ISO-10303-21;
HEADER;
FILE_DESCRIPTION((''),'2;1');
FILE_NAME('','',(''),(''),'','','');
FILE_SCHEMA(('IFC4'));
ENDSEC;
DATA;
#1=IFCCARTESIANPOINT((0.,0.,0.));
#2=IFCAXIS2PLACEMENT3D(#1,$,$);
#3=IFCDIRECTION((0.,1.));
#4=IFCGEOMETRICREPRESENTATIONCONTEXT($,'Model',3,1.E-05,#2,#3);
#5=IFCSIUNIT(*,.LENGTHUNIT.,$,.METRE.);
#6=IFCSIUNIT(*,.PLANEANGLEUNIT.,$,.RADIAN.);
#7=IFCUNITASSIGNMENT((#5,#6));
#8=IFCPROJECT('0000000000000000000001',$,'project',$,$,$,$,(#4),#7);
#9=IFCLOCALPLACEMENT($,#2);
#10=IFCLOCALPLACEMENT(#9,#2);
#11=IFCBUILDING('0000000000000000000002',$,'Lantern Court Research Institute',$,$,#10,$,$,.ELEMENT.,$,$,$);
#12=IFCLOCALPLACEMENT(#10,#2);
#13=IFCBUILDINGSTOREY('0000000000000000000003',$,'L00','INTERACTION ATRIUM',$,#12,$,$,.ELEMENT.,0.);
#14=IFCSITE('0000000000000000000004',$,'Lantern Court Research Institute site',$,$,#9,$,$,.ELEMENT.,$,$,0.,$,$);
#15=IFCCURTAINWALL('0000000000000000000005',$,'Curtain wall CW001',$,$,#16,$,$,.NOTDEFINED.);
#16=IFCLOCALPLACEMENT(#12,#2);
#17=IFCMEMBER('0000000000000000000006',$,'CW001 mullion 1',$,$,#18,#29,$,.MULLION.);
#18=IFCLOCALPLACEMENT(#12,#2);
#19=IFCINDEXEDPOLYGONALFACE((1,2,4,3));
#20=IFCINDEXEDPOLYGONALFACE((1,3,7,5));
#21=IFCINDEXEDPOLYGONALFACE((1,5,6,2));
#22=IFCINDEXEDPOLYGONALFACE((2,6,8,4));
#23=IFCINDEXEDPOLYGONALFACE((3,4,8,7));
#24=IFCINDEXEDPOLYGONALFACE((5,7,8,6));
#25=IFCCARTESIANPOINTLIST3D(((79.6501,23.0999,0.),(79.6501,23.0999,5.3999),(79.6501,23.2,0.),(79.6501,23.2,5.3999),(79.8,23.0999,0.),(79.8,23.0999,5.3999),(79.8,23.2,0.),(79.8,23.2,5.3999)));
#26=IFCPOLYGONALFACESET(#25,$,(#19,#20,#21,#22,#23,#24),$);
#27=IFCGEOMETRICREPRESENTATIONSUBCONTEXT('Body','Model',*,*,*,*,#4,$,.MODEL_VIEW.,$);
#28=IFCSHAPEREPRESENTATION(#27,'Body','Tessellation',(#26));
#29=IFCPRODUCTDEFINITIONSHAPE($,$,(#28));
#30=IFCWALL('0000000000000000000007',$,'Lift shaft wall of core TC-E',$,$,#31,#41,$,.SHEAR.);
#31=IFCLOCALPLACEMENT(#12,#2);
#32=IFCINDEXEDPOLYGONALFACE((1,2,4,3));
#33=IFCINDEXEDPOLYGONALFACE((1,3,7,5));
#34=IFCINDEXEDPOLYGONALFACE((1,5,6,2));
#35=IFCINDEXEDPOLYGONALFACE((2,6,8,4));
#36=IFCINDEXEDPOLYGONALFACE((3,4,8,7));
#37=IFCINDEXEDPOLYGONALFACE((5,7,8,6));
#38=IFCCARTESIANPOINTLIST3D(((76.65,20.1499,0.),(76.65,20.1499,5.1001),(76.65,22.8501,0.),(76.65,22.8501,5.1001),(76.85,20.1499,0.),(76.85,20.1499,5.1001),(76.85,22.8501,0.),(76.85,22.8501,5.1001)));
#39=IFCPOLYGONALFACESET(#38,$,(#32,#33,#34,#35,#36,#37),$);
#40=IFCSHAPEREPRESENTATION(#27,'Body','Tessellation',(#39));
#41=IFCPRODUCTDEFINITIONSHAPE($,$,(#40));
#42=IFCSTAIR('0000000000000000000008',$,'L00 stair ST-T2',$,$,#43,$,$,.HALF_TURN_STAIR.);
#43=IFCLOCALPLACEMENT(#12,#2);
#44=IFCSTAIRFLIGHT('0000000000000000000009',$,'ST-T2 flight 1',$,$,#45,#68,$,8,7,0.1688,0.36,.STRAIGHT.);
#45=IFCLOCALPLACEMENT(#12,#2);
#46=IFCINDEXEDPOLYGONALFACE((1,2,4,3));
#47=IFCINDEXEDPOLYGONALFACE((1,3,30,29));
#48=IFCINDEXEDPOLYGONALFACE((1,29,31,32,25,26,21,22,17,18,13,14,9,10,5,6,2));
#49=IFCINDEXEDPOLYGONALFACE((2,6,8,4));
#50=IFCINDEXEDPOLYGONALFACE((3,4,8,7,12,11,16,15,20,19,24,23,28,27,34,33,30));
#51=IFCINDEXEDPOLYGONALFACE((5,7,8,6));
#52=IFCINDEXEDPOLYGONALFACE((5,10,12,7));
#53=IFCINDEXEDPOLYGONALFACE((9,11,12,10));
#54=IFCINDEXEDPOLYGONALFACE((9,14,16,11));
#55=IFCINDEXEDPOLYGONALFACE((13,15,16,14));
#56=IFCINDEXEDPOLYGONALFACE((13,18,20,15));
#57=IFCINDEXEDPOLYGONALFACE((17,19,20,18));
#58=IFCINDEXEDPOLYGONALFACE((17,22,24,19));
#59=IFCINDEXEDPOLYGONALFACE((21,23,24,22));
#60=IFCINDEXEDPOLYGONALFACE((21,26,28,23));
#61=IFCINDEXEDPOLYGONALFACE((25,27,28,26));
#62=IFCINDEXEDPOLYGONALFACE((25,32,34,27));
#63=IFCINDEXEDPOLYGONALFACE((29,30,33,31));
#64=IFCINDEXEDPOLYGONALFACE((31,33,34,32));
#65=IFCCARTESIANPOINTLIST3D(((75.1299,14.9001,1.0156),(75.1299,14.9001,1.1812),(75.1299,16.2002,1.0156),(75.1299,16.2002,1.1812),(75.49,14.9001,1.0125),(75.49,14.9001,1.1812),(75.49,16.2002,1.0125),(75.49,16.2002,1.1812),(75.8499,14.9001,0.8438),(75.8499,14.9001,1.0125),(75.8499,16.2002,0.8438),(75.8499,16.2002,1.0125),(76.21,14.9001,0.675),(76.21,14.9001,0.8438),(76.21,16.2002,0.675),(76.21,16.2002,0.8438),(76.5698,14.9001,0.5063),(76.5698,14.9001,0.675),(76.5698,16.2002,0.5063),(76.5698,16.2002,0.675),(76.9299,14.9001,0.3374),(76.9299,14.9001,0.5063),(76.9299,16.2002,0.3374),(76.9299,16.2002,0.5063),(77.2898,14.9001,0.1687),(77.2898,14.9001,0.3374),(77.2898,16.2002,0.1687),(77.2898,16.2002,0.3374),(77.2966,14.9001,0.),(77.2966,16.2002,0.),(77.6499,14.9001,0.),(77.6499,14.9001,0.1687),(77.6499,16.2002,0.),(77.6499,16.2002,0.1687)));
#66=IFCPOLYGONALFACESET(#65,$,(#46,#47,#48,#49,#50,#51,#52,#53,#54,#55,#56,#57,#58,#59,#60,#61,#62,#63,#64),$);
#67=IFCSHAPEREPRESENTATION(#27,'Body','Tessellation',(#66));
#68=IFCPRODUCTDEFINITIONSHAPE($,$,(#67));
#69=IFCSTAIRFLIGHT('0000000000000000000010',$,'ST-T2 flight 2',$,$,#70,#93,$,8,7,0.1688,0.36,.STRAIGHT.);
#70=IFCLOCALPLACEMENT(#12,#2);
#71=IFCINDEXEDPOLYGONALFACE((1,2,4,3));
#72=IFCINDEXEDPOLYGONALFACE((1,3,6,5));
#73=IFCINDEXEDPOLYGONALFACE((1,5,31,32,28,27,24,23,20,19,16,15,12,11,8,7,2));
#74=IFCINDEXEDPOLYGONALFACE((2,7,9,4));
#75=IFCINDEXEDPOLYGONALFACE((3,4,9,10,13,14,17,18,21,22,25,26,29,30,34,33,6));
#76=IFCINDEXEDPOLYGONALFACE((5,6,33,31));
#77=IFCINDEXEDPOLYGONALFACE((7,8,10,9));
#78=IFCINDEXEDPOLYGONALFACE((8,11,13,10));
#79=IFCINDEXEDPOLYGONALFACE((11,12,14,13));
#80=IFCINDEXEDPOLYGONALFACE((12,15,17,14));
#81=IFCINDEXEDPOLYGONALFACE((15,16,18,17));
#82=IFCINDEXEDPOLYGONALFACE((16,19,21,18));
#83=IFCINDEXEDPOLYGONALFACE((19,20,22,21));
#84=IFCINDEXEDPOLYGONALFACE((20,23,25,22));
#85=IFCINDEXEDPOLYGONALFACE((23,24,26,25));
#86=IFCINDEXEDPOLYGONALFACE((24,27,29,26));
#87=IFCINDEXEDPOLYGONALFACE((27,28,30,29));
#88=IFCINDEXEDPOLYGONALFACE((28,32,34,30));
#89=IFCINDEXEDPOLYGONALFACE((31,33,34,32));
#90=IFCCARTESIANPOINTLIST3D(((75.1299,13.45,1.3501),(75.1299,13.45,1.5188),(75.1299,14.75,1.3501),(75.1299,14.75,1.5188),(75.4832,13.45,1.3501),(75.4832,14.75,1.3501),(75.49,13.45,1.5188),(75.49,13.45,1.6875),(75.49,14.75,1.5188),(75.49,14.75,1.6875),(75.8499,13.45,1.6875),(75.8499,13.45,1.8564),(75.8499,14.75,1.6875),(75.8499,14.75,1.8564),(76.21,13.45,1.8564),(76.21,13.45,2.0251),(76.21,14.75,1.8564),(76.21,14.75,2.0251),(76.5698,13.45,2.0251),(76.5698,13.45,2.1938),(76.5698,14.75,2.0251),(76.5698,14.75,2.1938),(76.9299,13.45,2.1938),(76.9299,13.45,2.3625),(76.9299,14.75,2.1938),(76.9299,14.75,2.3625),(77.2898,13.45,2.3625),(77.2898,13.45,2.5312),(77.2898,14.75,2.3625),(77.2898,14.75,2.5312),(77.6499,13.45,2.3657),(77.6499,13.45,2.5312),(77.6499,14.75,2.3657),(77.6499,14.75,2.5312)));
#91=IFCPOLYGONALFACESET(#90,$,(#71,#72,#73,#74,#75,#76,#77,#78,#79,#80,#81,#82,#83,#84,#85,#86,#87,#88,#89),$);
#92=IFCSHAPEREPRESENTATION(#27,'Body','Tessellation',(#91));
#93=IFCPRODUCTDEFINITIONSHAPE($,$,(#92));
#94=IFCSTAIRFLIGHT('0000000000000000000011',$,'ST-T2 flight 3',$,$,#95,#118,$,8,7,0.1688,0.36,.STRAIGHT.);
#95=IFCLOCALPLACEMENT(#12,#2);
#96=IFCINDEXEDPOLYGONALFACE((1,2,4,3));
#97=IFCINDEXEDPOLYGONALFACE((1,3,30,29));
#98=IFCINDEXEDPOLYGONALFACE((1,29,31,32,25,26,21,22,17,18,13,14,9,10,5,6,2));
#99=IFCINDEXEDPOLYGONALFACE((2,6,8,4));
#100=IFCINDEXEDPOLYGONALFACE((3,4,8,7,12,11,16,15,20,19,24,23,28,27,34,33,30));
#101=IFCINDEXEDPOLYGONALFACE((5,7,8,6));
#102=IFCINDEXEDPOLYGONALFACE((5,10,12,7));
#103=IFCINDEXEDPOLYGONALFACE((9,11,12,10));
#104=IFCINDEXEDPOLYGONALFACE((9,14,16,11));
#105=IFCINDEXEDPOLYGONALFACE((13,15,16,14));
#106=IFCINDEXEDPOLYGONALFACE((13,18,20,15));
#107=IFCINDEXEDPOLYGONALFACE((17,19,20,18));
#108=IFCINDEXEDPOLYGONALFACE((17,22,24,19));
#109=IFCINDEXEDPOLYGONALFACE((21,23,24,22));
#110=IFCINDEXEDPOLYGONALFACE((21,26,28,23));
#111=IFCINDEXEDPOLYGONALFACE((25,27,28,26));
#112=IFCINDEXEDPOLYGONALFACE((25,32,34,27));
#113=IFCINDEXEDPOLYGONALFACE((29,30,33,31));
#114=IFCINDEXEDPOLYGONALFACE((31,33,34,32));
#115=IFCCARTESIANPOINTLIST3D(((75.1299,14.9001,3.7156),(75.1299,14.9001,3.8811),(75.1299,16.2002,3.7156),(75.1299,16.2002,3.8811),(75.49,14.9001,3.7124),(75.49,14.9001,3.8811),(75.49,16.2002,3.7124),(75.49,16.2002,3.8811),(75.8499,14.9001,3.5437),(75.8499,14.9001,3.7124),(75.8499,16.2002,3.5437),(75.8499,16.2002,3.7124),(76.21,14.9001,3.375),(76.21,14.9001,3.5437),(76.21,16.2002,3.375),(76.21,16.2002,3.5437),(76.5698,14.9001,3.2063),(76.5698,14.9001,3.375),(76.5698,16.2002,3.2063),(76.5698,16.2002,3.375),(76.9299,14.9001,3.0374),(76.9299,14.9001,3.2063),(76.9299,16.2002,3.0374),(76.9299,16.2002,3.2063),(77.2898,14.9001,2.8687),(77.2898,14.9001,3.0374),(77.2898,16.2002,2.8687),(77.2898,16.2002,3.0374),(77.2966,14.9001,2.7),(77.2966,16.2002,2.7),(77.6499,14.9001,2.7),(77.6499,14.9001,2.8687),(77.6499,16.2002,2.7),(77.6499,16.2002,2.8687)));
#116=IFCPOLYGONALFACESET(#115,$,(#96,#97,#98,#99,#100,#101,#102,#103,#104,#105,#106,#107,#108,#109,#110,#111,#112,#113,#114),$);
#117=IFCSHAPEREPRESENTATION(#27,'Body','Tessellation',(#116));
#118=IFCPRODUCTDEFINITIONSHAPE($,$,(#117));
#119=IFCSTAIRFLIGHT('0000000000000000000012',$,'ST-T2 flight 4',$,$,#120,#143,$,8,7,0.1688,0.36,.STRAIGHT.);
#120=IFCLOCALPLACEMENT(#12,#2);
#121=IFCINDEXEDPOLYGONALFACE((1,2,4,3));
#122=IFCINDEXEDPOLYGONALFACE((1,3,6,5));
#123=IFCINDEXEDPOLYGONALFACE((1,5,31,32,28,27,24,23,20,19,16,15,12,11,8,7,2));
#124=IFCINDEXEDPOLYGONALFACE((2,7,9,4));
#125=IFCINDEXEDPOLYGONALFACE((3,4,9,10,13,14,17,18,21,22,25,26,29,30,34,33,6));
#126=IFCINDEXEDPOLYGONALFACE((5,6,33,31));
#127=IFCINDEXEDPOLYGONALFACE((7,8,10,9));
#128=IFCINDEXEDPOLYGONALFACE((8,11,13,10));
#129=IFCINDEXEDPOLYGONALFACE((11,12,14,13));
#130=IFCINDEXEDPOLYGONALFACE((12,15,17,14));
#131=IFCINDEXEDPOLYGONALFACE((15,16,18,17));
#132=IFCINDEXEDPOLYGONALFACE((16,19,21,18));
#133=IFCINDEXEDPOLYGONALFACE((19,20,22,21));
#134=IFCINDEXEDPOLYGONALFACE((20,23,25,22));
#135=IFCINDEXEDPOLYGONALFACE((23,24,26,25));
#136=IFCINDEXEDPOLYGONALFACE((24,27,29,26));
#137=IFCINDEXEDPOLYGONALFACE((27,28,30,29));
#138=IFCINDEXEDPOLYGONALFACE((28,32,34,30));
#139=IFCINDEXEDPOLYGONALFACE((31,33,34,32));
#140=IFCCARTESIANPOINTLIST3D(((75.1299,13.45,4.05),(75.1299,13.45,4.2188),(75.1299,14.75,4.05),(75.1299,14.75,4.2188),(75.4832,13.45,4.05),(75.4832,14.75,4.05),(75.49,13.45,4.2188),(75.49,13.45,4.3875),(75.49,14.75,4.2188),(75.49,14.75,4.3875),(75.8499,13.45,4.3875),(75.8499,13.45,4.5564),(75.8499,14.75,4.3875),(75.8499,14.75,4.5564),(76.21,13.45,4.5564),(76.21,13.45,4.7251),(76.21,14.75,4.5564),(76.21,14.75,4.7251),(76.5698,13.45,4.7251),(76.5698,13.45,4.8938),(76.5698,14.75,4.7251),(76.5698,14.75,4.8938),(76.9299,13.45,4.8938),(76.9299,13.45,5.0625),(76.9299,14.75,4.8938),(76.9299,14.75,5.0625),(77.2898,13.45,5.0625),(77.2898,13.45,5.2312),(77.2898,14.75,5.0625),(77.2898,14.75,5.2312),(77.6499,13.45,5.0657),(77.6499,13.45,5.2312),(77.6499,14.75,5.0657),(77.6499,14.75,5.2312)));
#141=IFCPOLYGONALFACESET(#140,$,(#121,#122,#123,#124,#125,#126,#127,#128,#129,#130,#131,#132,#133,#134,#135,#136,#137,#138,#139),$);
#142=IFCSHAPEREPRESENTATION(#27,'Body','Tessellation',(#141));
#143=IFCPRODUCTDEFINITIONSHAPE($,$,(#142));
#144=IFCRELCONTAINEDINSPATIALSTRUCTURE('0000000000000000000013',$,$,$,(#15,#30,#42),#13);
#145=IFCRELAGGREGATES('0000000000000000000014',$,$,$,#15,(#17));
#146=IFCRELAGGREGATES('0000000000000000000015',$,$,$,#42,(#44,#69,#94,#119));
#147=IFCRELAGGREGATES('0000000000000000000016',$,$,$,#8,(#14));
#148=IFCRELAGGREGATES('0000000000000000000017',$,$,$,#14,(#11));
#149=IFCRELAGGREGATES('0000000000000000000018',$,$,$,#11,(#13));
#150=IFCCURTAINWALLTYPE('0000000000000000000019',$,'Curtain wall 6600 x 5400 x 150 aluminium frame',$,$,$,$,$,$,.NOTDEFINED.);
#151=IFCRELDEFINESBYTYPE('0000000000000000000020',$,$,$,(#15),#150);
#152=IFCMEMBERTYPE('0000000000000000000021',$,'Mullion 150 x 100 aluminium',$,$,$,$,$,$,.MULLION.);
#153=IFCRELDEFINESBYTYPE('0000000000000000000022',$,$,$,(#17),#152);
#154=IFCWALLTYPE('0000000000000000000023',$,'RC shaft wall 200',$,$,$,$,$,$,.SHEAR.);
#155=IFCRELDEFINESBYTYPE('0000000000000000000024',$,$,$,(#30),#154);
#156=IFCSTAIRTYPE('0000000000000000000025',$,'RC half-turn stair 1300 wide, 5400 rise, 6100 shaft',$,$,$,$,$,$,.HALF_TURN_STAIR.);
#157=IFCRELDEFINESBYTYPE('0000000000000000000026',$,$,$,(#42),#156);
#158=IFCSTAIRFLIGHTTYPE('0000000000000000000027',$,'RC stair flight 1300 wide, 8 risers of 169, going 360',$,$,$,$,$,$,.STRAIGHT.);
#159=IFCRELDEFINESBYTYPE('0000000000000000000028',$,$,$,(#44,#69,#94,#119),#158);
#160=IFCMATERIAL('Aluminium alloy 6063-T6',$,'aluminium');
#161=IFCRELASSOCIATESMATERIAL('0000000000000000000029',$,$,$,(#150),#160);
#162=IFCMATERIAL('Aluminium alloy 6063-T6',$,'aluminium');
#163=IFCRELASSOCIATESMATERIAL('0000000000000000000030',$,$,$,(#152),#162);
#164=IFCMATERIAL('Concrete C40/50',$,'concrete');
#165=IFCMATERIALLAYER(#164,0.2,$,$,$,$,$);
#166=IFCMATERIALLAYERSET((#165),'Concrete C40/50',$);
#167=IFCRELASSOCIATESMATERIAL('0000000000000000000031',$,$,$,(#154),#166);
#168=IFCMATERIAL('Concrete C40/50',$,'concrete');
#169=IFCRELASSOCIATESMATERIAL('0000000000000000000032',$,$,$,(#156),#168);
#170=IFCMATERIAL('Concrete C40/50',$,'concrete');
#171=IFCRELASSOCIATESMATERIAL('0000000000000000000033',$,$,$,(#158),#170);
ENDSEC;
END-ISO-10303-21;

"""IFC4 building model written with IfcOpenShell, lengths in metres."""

from ifc_helpers import new_model, si_unit, direction, frame, frame_2d, origin, origin_2d, place, context, subcontext, project, spatial, polyline, rectangle, outline, extrude, material, layer, layer_set, material_profile, profile_set, type_object, element, aggregate, save


model = new_model("IFC4")

# Units and contexts
model_context = context("Model", 3, precision=1e-05, world=origin(), true_north=direction((0.0, 1.0)))
body_context = subcontext(model_context, "Body", "Model", "MODEL_VIEW")
ifc_project = project(units=[si_unit("LENGTHUNIT", "METRE"), si_unit("PLANEANGLEUNIT", "RADIAN")], contexts=[model_context])

# Site, building, storey
site_placement = place(None, origin())
site = spatial("IfcSite", under=ifc_project, at=site_placement, Name="Lantern Court Research Institute site", CompositionType="ELEMENT", RefElevation=0.0)
building_placement = place(site_placement, origin())
building = spatial("IfcBuilding", under=site, at=building_placement, Name="Lantern Court Research Institute", CompositionType="ELEMENT")
storey_placement = place(building_placement, origin())
storey = spatial("IfcBuildingStorey", under=building, at=storey_placement, Name="L00", Description="INTERACTION ATRIUM", CompositionType="ELEMENT", Elevation=0.0)

# Curtain wall, member
ifc_material_1 = material(Name="Aluminium alloy 6063-T6", Category="aluminium")
curtain_wall_type = type_object("IfcCurtainWallType", Name="Curtain wall 6600 x 5400 x 150 aluminium frame", PredefinedType="NOTDEFINED", material=ifc_material_1)
curtain_wall_placement = place(storey_placement, origin())
curtain_wall = element("IfcCurtainWall", 1, at=curtain_wall_placement, inside=storey, type_object=curtain_wall_type, Name="Curtain wall CW001", PredefinedType="NOTDEFINED")
ifc_material_2 = material(Name="Aluminium alloy 6063-T6", Category="aluminium")
ifc_material_profile = material_profile(ifc_material_2, rectangle(XDim=0.1499, YDim=0.1001, at=origin_2d()), Name="Mullion 150 x 100")
ifc_profile_set = profile_set([ifc_material_profile], Name="Aluminium alloy 6063-T6")
member_type = type_object("IfcMemberType", Name="Mullion 150 x 100 aluminium", PredefinedType="MULLION", material=ifc_profile_set)
member_placement = place(storey_placement, frame((79.7251, 23.1499, 0.0), z_axis=(0.0, 0.0, 1.0), x_axis=(1.0, 0.0, 0.0)))
member = element("IfcMember", 2, at=member_placement, type_object=member_type, Name="CW001 mullion 1", PredefinedType="MULLION", context=body_context, shape_type="SweptSolid", body=[
    extrude(rectangle(XDim=0.1499, YDim=0.1001, at=origin_2d()), origin(), (0.0, 0.0, 1.0), 5.3999),
])
aggregate(curtain_wall, [member])

# Wall
ifc_material_3 = material(Name="Concrete C40/50", Category="concrete")
ifc_layer_1 = layer(ifc_material_3, 0.2)
ifc_layer_set_1 = layer_set([ifc_layer_1], Name="Concrete C40/50")
wall_type_1 = type_object("IfcWallType", Name="RC shaft wall 200", PredefinedType="SHEAR", material=ifc_layer_set_1)
wall_1_placement = place(storey_placement, frame((76.75, 20.1499, 0.0), z_axis=(0.0, 0.0, 1.0), x_axis=(0.0, 1.0, 0.0)))
element("IfcWall", 3, at=wall_1_placement, inside=storey, type_object=wall_type_1, Name="Lift shaft wall of core TC-E", PredefinedType="SHEAR", context=body_context, shape_type="SweptSolid", body=[
    extrude(rectangle(XDim=2.7002, YDim=0.2, at=frame_2d((1.3501, 0.0))), origin(), (0.0, 0.0, 1.0), 5.1001),
])

# Stair, stair flights
ifc_material_4 = material(Name="Concrete C40/50", Category="concrete")
stair_type = type_object("IfcStairType", Name="RC half-turn stair 1300 wide, 5400 rise, 6100 shaft", PredefinedType="HALF_TURN_STAIR", material=ifc_material_4)
stair_placement = place(storey_placement, origin())
stair = element("IfcStair", 4, at=stair_placement, inside=storey, type_object=stair_type, Name="L00 stair ST-T2", PredefinedType="HALF_TURN_STAIR")
ifc_material_5 = material(Name="Concrete C40/50", Category="concrete")
stair_flight_type = type_object("IfcStairFlightType", Name="RC stair flight 1300 wide, 8 risers of 169, going 360", PredefinedType="STRAIGHT", material=ifc_material_5)
stair_flight_1_placement = place(storey_placement, frame((77.6499, 15.55, 0.0), z_axis=(0.0, 0.0, 1.0), x_axis=(-1.0, 0.0, 0.0)))
stair_flight_1 = element("IfcStairFlight", 5, at=stair_flight_1_placement, type_object=stair_flight_type, Name="ST-T2 flight 1", NumberOfRisers=8, NumberOfTreads=7, PredefinedType="STRAIGHT", RiserHeight=0.1688, TreadLength=0.36, context=body_context, shape_type="SweptSolid", body=[
    extrude(outline(polyline([(0.0, 0.0), (0.0, 0.1687), (0.3601, 0.1687), (0.3601, 0.3374), (0.72, 0.3374), (0.72, 0.5063), (1.0801, 0.5063), (1.0801, 0.675), (1.4399, 0.675), (1.4399, 0.8438), (1.8, 0.8438), (1.8, 1.0125), (2.1599, 1.0125), (2.1599, 1.1812), (2.52, 1.1812), (2.52, 1.3501), (2.52, 1.0156), (0.3533, 0.0), (0.0, 0.0)])), frame((0.0, 0.6499, 0.0), z_axis=(0.0, -1.0, 0.0), x_axis=(1.0, 0.0, 0.0)), (0.0, 0.0, 1.0), 1.3),
])
stair_flight_2_placement = place(storey_placement, frame((75.1299, 14.1001, 1.3501), z_axis=(0.0, 0.0, 1.0), x_axis=(1.0, 0.0, 0.0)))
stair_flight_2 = element("IfcStairFlight", 6, at=stair_flight_2_placement, type_object=stair_flight_type, Name="ST-T2 flight 2", NumberOfRisers=8, NumberOfTreads=7, PredefinedType="STRAIGHT", RiserHeight=0.1688, TreadLength=0.36, context=body_context, shape_type="SweptSolid", body=[
    extrude(outline(polyline([(0.0, 0.0), (0.0, 0.1687), (0.3601, 0.1687), (0.3601, 0.3374), (0.72, 0.3374), (0.72, 0.5063), (1.0801, 0.5063), (1.0801, 0.675), (1.4399, 0.675), (1.4399, 0.8438), (1.8, 0.8438), (1.8, 1.0125), (2.1599, 1.0125), (2.1599, 1.1812), (2.52, 1.1812), (2.52, 1.3501), (2.52, 1.0156), (0.3533, 0.0), (0.0, 0.0)])), frame((0.0, 0.6499, 0.0), z_axis=(0.0, -1.0, 0.0), x_axis=(1.0, 0.0, 0.0)), (0.0, 0.0, 1.0), 1.3),
])
stair_flight_3_placement = place(storey_placement, frame((77.6499, 15.55, 2.7), z_axis=(0.0, 0.0, 1.0), x_axis=(-1.0, 0.0, 0.0)))
stair_flight_3 = element("IfcStairFlight", 7, at=stair_flight_3_placement, type_object=stair_flight_type, Name="ST-T2 flight 3", NumberOfRisers=8, NumberOfTreads=7, PredefinedType="STRAIGHT", RiserHeight=0.1688, TreadLength=0.36, context=body_context, shape_type="SweptSolid", body=[
    extrude(outline(polyline([(0.0, 0.0), (0.0, 0.1687), (0.3601, 0.1687), (0.3601, 0.3374), (0.72, 0.3374), (0.72, 0.5063), (1.0801, 0.5063), (1.0801, 0.675), (1.4399, 0.675), (1.4399, 0.8438), (1.8, 0.8438), (1.8, 1.0125), (2.1599, 1.0125), (2.1599, 1.1812), (2.52, 1.1812), (2.52, 1.3501), (2.52, 1.0156), (0.3533, 0.0), (0.0, 0.0)])), frame((0.0, 0.6499, 0.0), z_axis=(0.0, -1.0, 0.0), x_axis=(1.0, 0.0, 0.0)), (0.0, 0.0, 1.0), 1.3),
])
stair_flight_4_placement = place(storey_placement, frame((75.1299, 14.1001, 4.05), z_axis=(0.0, 0.0, 1.0), x_axis=(1.0, 0.0, 0.0)))
stair_flight_4 = element("IfcStairFlight", 8, at=stair_flight_4_placement, type_object=stair_flight_type, Name="ST-T2 flight 4", NumberOfRisers=8, NumberOfTreads=7, PredefinedType="STRAIGHT", RiserHeight=0.1688, TreadLength=0.36, context=body_context, shape_type="SweptSolid", body=[
    extrude(outline(polyline([(0.0, 0.0), (0.0, 0.1687), (0.3601, 0.1687), (0.3601, 0.3374), (0.72, 0.3374), (0.72, 0.5063), (1.0801, 0.5063), (1.0801, 0.675), (1.4399, 0.675), (1.4399, 0.8438), (1.8, 0.8438), (1.8, 1.0125), (2.1599, 1.0125), (2.1599, 1.1812), (2.52, 1.1812), (2.52, 1.3501), (2.52, 1.0156), (0.3533, 0.0), (0.0, 0.0)])), frame((0.0, 0.6499, 0.0), z_axis=(0.0, -1.0, 0.0), x_axis=(1.0, 0.0, 0.0)), (0.0, 0.0, 1.0), 1.3),
])
aggregate(stair, [stair_flight_1, stair_flight_2, stair_flight_3, stair_flight_4])

save(model, "model.ifc")
